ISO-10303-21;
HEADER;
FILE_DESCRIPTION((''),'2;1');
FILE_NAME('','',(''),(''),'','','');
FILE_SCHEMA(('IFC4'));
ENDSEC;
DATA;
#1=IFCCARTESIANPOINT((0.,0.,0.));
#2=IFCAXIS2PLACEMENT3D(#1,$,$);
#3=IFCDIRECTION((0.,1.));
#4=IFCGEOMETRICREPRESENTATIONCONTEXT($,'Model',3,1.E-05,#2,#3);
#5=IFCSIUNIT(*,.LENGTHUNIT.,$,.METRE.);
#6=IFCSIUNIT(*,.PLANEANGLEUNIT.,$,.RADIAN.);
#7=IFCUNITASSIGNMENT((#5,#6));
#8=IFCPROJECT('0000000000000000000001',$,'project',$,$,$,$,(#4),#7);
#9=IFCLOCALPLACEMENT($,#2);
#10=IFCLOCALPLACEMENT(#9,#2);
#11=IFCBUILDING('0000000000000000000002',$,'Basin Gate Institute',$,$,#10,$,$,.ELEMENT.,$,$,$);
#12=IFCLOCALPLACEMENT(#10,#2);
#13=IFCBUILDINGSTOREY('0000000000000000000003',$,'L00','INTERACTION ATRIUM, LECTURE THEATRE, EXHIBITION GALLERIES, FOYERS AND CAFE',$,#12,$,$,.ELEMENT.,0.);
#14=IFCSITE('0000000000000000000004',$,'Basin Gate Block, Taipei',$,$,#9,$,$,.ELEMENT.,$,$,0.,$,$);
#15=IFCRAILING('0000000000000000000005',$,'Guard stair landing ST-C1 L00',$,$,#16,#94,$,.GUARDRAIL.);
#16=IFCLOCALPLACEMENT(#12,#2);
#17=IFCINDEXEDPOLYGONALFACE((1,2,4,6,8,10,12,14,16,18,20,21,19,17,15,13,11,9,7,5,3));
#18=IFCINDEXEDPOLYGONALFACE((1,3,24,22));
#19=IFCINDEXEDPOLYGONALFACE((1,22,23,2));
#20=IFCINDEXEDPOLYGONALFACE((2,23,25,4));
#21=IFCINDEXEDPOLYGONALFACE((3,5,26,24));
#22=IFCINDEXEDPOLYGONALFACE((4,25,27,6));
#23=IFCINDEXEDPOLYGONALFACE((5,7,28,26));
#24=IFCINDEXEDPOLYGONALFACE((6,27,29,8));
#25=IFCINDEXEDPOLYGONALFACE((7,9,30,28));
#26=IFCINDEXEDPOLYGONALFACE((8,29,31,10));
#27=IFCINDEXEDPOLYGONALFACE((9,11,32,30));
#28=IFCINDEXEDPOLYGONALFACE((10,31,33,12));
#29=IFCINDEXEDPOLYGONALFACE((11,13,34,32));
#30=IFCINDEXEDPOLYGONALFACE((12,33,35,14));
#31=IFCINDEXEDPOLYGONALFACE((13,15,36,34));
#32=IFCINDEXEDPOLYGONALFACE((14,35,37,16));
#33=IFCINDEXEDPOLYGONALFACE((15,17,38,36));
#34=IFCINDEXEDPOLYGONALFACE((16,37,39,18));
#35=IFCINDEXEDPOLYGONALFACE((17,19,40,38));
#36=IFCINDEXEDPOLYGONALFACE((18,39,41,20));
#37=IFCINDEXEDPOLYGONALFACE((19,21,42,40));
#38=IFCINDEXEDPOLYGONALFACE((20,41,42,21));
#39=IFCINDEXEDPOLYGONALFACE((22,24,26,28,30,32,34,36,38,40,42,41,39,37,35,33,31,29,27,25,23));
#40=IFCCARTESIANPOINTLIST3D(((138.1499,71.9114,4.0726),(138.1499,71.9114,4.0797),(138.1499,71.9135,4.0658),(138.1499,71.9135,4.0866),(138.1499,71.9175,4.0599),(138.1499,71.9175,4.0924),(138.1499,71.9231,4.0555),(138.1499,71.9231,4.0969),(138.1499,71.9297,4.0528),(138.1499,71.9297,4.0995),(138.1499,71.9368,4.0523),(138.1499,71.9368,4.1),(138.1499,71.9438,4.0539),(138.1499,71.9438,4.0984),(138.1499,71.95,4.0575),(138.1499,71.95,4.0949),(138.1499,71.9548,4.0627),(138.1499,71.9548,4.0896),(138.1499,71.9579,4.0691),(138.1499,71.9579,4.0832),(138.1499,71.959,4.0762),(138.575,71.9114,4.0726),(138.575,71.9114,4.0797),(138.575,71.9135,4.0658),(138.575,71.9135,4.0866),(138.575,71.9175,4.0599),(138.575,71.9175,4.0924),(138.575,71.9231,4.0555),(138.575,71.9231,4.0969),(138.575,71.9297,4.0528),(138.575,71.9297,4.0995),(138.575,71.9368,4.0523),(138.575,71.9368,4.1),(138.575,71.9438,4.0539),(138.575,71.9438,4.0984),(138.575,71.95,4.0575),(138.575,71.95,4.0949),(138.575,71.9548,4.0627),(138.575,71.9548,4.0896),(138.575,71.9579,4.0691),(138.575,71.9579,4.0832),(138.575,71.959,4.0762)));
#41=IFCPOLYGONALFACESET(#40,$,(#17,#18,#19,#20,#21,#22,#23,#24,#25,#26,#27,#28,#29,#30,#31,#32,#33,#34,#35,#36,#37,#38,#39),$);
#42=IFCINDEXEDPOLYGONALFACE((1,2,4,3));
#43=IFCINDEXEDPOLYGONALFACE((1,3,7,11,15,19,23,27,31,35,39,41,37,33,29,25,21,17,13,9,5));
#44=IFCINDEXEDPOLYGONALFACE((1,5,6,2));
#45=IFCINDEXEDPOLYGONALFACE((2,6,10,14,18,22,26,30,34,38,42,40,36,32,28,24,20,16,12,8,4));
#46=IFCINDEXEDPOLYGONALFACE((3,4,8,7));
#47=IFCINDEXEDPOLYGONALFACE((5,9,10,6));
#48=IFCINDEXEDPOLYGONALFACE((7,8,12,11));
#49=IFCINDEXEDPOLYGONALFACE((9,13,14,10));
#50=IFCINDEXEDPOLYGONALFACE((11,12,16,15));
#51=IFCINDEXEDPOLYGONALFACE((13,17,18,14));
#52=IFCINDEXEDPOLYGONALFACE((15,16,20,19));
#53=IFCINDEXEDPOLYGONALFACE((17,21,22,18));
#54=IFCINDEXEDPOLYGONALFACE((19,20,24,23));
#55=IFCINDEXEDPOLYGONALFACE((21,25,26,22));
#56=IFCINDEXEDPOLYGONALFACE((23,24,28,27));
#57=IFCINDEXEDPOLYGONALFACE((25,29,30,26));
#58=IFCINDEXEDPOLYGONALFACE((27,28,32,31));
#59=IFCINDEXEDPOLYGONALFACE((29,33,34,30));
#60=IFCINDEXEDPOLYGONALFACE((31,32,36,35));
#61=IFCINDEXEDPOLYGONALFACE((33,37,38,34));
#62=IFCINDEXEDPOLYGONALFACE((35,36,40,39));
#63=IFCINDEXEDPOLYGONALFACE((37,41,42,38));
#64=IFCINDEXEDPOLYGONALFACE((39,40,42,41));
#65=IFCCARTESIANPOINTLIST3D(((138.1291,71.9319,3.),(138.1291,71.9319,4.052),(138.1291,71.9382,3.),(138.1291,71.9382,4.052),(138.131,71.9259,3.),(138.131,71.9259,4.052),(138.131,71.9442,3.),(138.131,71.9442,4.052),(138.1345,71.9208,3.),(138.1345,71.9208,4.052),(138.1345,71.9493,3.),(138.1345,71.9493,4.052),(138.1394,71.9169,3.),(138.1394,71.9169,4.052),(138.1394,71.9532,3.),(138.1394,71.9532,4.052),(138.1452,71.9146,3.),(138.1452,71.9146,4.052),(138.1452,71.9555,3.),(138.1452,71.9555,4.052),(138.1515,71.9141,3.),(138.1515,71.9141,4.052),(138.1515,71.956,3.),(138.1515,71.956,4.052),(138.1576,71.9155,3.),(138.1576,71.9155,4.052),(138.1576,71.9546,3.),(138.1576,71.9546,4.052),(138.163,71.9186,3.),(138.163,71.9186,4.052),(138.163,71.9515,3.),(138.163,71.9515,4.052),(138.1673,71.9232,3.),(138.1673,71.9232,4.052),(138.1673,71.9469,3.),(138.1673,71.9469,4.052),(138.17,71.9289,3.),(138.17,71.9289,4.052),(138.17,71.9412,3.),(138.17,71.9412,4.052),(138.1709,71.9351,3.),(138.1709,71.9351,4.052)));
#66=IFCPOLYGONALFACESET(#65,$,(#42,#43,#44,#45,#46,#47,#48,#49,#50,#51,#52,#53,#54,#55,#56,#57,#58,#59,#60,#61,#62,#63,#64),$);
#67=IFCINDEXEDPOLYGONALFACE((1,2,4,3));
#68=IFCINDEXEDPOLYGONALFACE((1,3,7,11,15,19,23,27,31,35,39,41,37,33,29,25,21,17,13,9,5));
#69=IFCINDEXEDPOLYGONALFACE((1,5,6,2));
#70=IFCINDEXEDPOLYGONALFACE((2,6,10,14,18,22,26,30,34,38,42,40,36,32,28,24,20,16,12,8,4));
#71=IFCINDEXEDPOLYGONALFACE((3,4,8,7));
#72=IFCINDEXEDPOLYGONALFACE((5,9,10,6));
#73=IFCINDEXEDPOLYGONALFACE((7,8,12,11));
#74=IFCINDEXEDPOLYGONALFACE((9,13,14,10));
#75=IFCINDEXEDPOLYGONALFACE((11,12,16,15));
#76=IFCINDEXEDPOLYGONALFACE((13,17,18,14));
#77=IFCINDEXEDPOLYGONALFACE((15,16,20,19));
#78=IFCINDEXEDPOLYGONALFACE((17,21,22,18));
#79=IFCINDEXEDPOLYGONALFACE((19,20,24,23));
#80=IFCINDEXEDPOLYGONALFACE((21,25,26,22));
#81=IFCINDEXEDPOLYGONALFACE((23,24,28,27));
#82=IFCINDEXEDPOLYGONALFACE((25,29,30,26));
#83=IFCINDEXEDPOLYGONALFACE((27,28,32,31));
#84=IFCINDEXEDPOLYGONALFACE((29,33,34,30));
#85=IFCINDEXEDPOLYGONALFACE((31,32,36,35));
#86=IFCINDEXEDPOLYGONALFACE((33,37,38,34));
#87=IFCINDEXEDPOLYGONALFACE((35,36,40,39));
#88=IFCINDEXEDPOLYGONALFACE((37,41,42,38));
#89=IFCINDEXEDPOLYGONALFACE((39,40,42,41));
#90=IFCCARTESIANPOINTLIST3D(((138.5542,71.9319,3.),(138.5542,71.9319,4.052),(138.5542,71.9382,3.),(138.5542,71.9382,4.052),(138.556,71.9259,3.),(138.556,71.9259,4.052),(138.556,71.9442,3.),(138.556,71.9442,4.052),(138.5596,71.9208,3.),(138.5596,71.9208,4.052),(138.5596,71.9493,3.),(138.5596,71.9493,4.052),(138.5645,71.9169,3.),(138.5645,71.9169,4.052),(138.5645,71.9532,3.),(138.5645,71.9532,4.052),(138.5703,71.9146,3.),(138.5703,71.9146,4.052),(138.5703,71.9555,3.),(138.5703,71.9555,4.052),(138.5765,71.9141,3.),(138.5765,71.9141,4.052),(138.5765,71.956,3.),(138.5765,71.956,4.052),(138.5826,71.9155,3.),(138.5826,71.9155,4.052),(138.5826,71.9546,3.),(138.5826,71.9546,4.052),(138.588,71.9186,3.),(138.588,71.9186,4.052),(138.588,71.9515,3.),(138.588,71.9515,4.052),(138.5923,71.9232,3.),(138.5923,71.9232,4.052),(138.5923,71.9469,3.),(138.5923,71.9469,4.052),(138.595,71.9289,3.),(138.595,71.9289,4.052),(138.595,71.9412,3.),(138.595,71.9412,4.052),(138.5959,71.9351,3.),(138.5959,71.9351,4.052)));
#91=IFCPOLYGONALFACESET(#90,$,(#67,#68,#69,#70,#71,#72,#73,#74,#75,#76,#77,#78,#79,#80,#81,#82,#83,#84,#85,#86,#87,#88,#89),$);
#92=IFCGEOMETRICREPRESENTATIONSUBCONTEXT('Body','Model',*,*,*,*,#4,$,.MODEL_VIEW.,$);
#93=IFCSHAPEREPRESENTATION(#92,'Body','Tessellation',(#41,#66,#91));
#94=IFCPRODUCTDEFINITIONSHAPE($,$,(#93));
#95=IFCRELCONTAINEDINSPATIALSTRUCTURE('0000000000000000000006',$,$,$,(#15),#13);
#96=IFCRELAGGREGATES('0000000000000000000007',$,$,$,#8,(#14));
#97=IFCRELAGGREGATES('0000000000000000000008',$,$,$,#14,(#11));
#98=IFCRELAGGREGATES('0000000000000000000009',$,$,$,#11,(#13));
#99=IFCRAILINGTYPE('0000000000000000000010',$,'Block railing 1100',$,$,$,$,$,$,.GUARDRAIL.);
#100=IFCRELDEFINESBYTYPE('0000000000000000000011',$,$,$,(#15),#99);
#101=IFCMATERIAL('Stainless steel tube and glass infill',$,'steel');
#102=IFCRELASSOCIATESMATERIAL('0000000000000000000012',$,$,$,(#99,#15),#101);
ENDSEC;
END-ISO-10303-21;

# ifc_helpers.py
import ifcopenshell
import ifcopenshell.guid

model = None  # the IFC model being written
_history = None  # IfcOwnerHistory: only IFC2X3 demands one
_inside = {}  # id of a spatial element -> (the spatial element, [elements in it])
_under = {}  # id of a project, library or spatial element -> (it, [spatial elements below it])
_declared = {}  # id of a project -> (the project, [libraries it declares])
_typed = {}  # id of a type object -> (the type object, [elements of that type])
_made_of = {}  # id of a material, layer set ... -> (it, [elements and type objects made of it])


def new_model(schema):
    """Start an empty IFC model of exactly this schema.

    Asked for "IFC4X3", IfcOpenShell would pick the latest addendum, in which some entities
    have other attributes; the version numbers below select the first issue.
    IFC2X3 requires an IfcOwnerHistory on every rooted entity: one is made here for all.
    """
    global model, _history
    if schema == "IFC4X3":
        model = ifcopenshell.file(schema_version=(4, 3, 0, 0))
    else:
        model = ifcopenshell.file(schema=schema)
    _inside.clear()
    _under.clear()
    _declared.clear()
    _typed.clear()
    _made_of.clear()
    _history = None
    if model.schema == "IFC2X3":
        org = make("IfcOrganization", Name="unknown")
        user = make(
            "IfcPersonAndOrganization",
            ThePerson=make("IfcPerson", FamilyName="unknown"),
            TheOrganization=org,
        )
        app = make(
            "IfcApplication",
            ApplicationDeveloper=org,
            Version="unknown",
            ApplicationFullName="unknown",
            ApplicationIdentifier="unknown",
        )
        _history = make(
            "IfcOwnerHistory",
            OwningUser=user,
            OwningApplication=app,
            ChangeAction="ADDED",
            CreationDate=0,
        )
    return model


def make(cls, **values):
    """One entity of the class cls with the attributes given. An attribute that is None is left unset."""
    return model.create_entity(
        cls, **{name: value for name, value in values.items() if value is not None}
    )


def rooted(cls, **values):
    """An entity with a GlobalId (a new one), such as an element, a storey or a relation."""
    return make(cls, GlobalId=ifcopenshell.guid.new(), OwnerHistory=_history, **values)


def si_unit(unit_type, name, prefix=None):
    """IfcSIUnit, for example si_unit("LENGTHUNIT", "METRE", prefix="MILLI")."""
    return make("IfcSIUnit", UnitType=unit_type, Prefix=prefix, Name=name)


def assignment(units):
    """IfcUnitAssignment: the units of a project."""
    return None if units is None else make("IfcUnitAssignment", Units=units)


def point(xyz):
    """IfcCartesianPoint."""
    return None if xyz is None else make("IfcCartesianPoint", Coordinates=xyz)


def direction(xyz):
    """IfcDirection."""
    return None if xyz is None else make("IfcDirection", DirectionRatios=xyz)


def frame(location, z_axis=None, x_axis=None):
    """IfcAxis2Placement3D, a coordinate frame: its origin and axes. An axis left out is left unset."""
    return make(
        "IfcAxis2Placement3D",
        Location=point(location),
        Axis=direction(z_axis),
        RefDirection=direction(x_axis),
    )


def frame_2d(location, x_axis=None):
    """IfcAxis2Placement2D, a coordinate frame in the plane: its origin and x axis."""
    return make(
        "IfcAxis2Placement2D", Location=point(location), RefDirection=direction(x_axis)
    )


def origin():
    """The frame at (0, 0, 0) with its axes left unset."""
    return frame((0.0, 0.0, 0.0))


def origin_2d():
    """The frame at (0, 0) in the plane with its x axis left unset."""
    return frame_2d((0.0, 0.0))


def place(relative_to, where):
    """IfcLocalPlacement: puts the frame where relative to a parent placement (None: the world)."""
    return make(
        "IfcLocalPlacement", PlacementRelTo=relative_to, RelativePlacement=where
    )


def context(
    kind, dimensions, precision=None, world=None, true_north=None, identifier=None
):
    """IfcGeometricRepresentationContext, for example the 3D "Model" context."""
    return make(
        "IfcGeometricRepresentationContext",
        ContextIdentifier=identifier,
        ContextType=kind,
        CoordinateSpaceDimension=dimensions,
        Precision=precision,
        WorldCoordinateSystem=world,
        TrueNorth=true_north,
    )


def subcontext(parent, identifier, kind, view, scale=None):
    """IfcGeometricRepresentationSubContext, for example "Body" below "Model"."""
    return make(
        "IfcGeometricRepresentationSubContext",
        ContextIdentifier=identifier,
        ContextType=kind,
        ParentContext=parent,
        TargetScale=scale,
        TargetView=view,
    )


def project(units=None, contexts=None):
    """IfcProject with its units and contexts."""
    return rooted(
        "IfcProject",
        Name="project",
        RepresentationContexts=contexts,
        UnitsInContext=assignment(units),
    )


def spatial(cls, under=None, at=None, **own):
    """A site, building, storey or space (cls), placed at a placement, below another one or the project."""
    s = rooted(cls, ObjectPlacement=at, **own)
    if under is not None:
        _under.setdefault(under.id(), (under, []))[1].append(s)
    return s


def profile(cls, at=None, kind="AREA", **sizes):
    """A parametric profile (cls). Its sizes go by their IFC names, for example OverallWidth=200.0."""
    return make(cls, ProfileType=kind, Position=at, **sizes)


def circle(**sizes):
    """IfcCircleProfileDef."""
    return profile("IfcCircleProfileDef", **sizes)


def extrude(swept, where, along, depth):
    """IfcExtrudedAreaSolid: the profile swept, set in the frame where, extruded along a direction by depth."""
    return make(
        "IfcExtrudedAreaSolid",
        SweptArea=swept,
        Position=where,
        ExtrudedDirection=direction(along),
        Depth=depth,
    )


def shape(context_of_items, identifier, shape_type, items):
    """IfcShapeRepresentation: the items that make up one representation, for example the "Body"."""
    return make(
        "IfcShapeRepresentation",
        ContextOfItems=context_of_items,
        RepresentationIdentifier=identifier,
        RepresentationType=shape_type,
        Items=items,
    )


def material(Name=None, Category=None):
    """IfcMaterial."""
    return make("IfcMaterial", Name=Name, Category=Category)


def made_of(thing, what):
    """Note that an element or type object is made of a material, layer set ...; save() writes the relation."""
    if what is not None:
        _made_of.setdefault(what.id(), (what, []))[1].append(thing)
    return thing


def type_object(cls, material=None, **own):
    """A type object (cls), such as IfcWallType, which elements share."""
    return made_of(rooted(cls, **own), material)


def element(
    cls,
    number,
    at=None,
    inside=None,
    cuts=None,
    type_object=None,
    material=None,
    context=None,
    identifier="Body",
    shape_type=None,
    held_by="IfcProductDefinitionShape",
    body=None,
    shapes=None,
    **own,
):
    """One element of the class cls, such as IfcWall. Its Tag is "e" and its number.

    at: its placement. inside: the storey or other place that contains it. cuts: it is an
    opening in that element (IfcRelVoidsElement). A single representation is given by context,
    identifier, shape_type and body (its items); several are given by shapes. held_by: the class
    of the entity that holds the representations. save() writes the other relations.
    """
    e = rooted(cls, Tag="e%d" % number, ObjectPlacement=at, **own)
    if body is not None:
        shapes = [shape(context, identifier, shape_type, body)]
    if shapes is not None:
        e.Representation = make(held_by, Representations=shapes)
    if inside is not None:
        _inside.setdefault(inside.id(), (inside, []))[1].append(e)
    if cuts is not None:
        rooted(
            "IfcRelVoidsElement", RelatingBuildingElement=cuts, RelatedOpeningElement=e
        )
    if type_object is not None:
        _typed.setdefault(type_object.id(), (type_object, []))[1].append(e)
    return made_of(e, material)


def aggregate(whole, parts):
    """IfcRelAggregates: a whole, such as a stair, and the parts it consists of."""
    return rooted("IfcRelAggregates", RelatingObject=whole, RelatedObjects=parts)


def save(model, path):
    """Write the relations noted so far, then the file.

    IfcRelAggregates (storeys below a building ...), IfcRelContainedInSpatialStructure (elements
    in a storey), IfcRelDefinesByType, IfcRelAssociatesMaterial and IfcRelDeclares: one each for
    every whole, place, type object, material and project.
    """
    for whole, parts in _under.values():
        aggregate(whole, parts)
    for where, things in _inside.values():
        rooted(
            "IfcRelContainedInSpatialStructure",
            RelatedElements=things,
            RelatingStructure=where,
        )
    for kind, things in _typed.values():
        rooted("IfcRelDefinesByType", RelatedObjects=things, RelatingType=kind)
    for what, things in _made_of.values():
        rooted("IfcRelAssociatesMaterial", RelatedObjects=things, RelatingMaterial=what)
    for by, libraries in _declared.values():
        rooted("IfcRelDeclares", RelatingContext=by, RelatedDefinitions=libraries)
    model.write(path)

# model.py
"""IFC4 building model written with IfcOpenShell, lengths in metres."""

from ifc_helpers import new_model, si_unit, direction, frame, origin, origin_2d, place, context, subcontext, project, spatial, circle, extrude, material, type_object, element, save


model = new_model("IFC4")

# Units and contexts
model_context = context("Model", 3, precision=1e-05, world=origin(), true_north=direction((0.0, 1.0)))
body_context = subcontext(model_context, "Body", "Model", "MODEL_VIEW")
ifc_project = project(units=[si_unit("LENGTHUNIT", "METRE"), si_unit("PLANEANGLEUNIT", "RADIAN")], contexts=[model_context])

# Site, building, storey
site_placement = place(None, origin())
site = spatial("IfcSite", under=ifc_project, at=site_placement, Name="Basin Gate Block, Taipei", CompositionType="ELEMENT", RefElevation=0.0)
building_placement = place(site_placement, origin())
building = spatial("IfcBuilding", under=site, at=building_placement, Name="Basin Gate Institute", CompositionType="ELEMENT")
storey_placement = place(building_placement, origin())
storey = spatial("IfcBuildingStorey", under=building, at=storey_placement, Name="L00", Description="INTERACTION ATRIUM, LECTURE THEATRE, EXHIBITION GALLERIES, FOYERS AND CAFE", CompositionType="ELEMENT", Elevation=0.0)

# Railing
ifc_material_1 = material(Name="Stainless steel tube and glass infill", Category="steel")
railing_type_1 = type_object("IfcRailingType", Name="Block railing 1100", PredefinedType="GUARDRAIL", material=ifc_material_1)
for number, where, name in (
    (1, (138.1499, 71.9351, 3.0), "Guard stair landing ST-C1 L00"),
):
    element("IfcRailing", number, at=place(storey_placement, frame(where)), inside=storey, type_object=railing_type_1, material=ifc_material_1, Name=name, PredefinedType="GUARDRAIL", context=body_context, shape_type="SweptSolid", body=[
        extrude(circle(Radius=0.0239, at=origin_2d()), frame((0.0, 0.0, 1.0762), z_axis=(1.0, 0.0, 0.0), x_axis=(0.0, 1.0, 0.0)), (0.0, 0.0, 1.0), 0.425),
        extrude(circle(Radius=0.021, at=origin_2d()), origin(), (0.0, 0.0, 1.0), 1.052),
        extrude(circle(Radius=0.021, at=origin_2d()), frame((0.425, 0.0, 0.0)), (0.0, 0.0, 1.0), 1.052),
    ])

save(model, "model.ifc")
